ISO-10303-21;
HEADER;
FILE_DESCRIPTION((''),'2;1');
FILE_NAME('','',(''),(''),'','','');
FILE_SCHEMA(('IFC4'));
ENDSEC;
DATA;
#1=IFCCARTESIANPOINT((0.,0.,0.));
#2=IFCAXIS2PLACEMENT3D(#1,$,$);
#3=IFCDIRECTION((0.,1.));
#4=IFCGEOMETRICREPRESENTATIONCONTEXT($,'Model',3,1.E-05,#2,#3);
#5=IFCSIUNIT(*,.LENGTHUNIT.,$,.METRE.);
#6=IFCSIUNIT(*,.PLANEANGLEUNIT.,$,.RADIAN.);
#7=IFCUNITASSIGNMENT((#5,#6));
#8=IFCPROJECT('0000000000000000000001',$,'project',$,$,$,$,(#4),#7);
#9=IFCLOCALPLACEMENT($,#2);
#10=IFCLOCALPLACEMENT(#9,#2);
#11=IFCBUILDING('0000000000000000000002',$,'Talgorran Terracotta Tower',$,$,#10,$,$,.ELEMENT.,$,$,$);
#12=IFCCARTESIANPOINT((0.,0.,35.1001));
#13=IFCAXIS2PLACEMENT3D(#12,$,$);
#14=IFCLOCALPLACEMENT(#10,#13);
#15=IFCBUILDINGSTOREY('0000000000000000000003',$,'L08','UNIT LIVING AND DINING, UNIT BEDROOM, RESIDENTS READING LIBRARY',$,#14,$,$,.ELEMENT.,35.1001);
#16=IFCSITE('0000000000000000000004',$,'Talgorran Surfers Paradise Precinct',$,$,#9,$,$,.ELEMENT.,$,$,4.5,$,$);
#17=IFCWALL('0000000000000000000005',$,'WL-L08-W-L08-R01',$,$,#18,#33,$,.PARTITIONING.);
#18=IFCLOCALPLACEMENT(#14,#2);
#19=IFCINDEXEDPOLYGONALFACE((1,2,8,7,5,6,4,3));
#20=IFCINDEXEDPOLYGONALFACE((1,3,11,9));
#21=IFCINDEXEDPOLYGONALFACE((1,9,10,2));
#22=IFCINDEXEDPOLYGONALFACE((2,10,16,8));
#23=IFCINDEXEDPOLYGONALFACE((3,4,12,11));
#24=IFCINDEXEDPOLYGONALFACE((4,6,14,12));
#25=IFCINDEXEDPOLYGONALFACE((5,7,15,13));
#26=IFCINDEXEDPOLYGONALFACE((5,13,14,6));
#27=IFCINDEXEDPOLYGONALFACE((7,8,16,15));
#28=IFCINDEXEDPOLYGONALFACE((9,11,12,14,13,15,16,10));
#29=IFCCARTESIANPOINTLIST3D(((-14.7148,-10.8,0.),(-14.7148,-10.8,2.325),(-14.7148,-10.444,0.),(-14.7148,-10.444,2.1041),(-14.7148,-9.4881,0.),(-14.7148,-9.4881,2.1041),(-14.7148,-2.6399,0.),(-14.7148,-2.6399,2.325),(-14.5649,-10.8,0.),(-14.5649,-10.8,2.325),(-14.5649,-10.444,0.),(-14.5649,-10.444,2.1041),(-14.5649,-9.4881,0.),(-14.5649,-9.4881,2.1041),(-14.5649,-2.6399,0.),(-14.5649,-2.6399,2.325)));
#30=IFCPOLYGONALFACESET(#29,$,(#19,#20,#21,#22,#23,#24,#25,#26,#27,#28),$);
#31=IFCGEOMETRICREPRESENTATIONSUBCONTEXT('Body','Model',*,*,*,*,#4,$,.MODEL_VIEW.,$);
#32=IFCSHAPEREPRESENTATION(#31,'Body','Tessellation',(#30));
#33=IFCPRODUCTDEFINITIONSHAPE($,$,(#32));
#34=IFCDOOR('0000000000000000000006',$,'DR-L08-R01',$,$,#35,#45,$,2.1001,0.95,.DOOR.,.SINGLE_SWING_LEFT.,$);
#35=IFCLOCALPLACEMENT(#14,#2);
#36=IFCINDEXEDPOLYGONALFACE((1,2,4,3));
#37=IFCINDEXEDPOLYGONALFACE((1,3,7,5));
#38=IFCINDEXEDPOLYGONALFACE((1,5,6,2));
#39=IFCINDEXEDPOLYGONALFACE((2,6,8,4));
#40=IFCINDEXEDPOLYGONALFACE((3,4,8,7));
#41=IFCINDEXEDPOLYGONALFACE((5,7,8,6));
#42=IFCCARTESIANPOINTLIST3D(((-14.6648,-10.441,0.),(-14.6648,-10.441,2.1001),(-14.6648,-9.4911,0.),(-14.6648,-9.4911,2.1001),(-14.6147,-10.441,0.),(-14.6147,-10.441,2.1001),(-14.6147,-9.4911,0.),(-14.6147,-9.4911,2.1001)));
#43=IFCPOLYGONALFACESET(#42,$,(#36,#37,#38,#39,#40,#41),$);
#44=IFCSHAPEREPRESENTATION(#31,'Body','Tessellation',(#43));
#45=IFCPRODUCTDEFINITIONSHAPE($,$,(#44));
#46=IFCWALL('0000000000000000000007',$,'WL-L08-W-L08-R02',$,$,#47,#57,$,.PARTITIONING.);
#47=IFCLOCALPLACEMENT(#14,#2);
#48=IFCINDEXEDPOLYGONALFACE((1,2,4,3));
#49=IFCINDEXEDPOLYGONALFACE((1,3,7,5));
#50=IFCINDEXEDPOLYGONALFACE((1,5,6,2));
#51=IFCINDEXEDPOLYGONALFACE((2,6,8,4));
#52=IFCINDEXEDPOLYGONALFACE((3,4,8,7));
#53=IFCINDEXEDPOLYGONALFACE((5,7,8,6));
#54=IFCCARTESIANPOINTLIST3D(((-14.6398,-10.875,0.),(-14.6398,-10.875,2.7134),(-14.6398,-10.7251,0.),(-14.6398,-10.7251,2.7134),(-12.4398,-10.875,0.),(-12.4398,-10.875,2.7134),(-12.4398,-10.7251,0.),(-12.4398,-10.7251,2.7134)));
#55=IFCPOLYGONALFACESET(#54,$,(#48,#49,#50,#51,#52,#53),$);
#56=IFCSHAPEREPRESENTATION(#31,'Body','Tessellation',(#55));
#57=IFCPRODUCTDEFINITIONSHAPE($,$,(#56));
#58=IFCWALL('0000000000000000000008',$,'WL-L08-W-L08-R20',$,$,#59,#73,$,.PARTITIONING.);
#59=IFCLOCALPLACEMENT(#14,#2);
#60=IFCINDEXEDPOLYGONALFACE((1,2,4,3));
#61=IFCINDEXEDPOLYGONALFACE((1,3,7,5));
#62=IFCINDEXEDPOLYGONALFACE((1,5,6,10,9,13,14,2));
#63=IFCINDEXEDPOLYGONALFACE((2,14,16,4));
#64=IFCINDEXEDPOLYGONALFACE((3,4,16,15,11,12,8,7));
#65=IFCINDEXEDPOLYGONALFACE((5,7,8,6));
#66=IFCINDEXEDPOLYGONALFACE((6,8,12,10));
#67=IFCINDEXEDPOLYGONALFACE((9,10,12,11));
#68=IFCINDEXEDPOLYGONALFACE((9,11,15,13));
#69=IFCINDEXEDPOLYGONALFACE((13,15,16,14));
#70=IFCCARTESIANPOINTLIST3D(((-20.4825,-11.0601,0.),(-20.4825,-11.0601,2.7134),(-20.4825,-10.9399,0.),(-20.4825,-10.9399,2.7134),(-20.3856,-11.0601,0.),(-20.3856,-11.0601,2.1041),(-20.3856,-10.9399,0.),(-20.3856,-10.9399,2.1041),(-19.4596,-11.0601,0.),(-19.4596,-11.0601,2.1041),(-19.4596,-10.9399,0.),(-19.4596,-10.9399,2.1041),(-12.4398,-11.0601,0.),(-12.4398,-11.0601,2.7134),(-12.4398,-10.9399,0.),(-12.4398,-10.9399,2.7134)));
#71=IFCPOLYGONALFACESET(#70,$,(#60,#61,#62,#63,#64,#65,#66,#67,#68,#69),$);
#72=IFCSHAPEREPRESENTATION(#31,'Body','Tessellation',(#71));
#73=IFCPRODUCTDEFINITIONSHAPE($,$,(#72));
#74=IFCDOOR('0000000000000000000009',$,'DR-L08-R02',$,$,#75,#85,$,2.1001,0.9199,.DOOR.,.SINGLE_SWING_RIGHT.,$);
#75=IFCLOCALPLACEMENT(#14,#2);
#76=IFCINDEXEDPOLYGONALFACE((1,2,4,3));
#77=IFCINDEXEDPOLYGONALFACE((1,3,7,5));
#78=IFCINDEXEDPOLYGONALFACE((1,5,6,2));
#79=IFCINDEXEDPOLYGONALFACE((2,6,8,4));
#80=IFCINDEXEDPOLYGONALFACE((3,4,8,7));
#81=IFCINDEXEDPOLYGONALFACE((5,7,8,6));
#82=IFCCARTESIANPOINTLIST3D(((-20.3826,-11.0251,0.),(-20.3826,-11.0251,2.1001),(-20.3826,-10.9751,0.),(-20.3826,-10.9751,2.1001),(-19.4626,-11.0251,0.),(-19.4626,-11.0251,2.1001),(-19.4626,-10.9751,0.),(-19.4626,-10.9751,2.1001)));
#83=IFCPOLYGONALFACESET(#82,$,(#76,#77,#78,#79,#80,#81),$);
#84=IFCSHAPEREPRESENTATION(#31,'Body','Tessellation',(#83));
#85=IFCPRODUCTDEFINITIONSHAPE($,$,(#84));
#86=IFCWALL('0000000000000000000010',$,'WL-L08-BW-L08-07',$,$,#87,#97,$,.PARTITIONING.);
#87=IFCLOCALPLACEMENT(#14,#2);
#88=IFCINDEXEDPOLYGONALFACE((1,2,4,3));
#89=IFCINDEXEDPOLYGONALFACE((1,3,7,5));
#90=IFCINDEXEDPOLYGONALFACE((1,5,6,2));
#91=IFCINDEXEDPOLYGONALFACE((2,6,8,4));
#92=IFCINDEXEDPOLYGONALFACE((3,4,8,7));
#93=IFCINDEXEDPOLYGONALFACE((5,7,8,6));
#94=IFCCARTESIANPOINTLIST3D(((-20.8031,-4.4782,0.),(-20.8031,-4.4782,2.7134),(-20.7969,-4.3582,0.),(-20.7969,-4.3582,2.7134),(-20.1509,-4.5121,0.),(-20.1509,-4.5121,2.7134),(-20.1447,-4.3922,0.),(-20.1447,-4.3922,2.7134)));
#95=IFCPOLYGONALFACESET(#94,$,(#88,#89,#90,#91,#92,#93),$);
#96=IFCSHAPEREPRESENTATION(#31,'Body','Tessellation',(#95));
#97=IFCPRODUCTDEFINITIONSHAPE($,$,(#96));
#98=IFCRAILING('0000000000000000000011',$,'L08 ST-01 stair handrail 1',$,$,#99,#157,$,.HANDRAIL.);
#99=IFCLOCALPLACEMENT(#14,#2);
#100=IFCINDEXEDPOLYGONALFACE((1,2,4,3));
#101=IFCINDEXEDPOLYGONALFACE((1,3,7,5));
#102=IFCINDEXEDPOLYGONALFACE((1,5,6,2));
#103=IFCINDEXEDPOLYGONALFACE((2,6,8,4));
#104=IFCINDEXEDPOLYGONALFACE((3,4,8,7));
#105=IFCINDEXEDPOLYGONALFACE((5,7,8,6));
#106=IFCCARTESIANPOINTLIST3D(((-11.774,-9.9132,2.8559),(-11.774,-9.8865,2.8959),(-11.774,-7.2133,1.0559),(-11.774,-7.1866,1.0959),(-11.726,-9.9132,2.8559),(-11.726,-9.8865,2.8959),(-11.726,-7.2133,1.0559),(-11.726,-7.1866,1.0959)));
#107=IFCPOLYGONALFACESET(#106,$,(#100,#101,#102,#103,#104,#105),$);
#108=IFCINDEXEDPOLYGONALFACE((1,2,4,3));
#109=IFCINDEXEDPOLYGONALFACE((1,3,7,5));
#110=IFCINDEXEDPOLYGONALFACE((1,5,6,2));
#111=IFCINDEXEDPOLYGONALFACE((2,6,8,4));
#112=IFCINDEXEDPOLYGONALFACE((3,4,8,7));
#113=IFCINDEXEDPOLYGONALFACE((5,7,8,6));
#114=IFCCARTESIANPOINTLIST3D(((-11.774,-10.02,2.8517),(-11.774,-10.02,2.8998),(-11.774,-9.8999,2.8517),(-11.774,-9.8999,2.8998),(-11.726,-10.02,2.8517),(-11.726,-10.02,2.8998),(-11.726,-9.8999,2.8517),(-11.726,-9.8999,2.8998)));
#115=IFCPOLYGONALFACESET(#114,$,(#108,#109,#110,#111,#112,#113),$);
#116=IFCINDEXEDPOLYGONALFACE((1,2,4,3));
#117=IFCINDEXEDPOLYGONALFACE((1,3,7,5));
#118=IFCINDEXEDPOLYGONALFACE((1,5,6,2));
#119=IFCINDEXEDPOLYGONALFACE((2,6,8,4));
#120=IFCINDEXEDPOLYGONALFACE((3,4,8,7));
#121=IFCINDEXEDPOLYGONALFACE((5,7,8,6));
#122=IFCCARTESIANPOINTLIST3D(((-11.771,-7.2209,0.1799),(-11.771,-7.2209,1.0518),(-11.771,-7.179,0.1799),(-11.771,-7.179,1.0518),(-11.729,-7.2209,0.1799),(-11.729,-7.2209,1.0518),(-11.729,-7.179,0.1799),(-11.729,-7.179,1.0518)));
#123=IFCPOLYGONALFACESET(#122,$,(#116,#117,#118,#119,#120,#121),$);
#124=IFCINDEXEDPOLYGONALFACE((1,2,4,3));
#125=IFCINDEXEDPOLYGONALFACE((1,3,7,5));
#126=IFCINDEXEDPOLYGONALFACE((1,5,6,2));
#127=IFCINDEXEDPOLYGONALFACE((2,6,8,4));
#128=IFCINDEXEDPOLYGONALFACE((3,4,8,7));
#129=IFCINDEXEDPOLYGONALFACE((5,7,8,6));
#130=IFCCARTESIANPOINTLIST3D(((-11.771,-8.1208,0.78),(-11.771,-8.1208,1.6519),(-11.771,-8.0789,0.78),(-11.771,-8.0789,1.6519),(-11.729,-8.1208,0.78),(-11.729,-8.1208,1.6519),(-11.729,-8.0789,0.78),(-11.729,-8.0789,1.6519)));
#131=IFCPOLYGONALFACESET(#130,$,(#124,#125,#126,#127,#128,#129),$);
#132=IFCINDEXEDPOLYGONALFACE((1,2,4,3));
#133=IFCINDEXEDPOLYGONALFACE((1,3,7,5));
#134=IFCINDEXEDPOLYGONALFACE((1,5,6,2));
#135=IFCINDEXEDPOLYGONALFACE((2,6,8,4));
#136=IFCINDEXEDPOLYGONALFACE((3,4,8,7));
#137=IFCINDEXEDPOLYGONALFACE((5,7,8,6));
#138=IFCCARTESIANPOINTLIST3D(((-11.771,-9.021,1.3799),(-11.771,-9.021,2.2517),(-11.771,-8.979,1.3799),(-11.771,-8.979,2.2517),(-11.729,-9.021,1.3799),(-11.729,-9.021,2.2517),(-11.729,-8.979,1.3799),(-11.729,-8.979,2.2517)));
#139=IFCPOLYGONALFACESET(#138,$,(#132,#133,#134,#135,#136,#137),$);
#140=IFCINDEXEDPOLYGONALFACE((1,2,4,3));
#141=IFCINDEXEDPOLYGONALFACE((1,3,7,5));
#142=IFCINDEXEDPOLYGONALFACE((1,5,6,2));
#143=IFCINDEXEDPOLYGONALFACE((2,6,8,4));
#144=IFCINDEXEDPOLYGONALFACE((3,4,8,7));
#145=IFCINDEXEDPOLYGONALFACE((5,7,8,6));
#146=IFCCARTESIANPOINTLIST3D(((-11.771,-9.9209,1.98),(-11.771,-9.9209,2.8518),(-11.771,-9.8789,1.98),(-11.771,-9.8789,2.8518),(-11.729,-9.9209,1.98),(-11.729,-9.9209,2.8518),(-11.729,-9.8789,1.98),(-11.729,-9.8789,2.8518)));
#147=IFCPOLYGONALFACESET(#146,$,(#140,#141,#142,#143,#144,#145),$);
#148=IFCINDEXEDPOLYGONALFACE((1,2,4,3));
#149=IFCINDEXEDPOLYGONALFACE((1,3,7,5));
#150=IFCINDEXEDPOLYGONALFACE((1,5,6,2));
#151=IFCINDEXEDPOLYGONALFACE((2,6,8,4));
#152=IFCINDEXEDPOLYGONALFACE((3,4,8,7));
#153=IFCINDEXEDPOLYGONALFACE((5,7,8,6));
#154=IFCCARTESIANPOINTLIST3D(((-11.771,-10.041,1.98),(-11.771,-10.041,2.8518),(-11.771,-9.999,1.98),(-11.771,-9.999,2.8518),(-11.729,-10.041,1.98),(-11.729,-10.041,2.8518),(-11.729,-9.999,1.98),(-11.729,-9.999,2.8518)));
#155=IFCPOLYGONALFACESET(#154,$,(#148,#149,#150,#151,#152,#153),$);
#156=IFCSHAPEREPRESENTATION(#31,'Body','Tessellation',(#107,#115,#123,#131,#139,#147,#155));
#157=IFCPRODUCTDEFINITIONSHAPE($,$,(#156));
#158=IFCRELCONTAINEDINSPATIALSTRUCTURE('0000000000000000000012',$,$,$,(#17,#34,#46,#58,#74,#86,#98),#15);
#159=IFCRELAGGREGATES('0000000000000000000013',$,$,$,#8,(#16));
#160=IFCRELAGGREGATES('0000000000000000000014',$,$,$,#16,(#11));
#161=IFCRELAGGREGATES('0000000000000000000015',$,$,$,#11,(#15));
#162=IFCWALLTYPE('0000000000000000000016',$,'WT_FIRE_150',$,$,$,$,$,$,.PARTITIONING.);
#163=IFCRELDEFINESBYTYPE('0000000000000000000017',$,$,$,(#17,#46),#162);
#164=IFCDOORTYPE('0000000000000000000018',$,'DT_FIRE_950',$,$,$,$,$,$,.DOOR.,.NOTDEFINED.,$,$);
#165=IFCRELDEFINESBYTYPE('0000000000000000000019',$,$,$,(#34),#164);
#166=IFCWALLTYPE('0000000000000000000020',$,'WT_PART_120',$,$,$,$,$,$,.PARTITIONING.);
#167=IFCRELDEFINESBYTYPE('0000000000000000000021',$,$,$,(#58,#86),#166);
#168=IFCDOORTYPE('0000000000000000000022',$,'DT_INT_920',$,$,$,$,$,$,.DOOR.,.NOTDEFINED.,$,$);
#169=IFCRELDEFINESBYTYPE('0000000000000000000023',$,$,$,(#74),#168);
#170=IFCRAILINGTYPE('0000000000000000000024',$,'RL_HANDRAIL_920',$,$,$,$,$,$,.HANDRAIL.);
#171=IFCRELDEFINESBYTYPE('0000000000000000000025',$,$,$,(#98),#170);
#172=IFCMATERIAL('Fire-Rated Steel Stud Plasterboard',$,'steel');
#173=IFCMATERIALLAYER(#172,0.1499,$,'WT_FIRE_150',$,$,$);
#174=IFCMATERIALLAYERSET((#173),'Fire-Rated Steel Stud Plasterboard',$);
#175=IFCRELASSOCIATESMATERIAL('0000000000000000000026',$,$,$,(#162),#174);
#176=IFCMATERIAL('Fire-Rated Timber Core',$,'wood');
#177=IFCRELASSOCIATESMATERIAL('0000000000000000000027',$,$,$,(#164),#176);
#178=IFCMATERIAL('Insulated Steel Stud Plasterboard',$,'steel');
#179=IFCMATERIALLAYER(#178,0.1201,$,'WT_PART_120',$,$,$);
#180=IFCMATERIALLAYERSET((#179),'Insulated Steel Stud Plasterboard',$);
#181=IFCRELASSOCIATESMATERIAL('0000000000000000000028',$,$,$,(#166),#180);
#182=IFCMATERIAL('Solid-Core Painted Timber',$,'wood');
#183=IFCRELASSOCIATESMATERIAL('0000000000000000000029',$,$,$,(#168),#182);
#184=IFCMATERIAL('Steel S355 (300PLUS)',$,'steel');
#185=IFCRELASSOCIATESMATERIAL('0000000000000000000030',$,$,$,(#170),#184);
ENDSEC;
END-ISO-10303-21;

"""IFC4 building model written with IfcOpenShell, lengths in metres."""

from ifc_helpers import new_model, si_unit, direction, frame, frame_2d, origin, origin_2d, place, context, subcontext, project, spatial, rectangle, extrude, material, layer, layer_set, type_object, element, fill, save


model = new_model("IFC4")

# Units and contexts
model_context = context("Model", 3, precision=1e-05, world=origin(), true_north=direction((0.0, 1.0)))
body_context = subcontext(model_context, "Body", "Model", "MODEL_VIEW")
ifc_project = project(units=[si_unit("LENGTHUNIT", "METRE"), si_unit("PLANEANGLEUNIT", "RADIAN")], contexts=[model_context])

# Site, building, storey
site_placement = place(None, origin())
site = spatial("IfcSite", under=ifc_project, at=site_placement, Name="Talgorran Surfers Paradise Precinct", CompositionType="ELEMENT", RefElevation=4.5)
building_placement = place(site_placement, origin())
building = spatial("IfcBuilding", under=site, at=building_placement, Name="Talgorran Terracotta Tower", CompositionType="ELEMENT")
storey_placement = place(building_placement, frame((0.0, 0.0, 35.1001)))
storey = spatial("IfcBuildingStorey", under=building, at=storey_placement, Name="L08", Description="UNIT LIVING AND DINING, UNIT BEDROOM, RESIDENTS READING LIBRARY", CompositionType="ELEMENT", Elevation=35.1001)

# Shared definitions
ifc_material_1 = material(Name="Steel S355 (300PLUS)", Category="steel")

# Wall, opening, door
ifc_material_2 = material(Name="Fire-Rated Steel Stud Plasterboard", Category="steel")
ifc_layer_1 = layer(ifc_material_2, 0.1499, Name="WT_FIRE_150")
ifc_layer_set_1 = layer_set([ifc_layer_1], Name="Fire-Rated Steel Stud Plasterboard")
wall_type_1 = type_object("IfcWallType", Name="WT_FIRE_150", PredefinedType="PARTITIONING", material=ifc_layer_set_1)
wall_1_placement = place(storey_placement, frame((-14.6399, -10.8, 0.0), z_axis=(0.0, 0.0, 1.0), x_axis=(0.0, 1.0, 0.0)))
wall_1 = element("IfcWall", 1, at=wall_1_placement, inside=storey, type_object=wall_type_1, Name="WL-L08-W-L08-R01", PredefinedType="PARTITIONING", context=body_context, shape_type="SweptSolid", body=[
    extrude(rectangle(XDim=8.1602, YDim=0.1499, at=frame_2d((4.0801, 0.0))), origin(), (0.0, 0.0, 1.0), 2.325),
])
opening_1_placement = place(wall_1_placement, frame((0.3589, 0.0, 0.0)))
opening_1 = element("IfcOpeningElement", 2, at=opening_1_placement, cuts=wall_1, PredefinedType="OPENING", context=body_context, shape_type="SweptSolid", body=[
    extrude(rectangle(XDim=0.956, YDim=2.1041, at=frame_2d((0.4751, 1.052))), frame((0.0, 0.085, 0.0), z_axis=(0.0, -1.0, 0.0), x_axis=(1.0, 0.0, 0.0)), (0.0, 0.0, 1.0), 0.1699),
])
ifc_material_3 = material(Name="Fire-Rated Timber Core", Category="wood")
door_type_1 = type_object("IfcDoorType", Name="DT_FIRE_950", OperationType="NOTDEFINED", PredefinedType="DOOR", material=ifc_material_3)
door_1_placement = place(opening_1_placement, origin())
door_1 = element("IfcDoor", 3, at=door_1_placement, inside=storey, type_object=door_type_1, Name="DR-L08-R01", OperationType="SINGLE_SWING_LEFT", OverallHeight=2.1001, OverallWidth=0.95, PredefinedType="DOOR", context=body_context, shape_type="SweptSolid", body=[
    extrude(rectangle(XDim=0.95, YDim=2.1001, at=frame_2d((0.4751, 1.05))), frame((0.0, 0.0249, 0.0), z_axis=(0.0, -1.0, 0.0), x_axis=(1.0, 0.0, 0.0)), (0.0, 0.0, 1.0), 0.05),
])
fill(opening_1, door_1)

# Wall
wall_2_placement = place(storey_placement, frame((-14.6399, -10.8, 0.0), z_axis=(0.0, 0.0, 1.0), x_axis=(1.0, 0.0, 0.0)))
element("IfcWall", 4, at=wall_2_placement, inside=storey, type_object=wall_type_1, Name="WL-L08-W-L08-R02", PredefinedType="PARTITIONING", context=body_context, shape_type="SweptSolid", body=[
    extrude(rectangle(XDim=2.2, YDim=0.1499, at=frame_2d((1.1001, 0.0))), origin(), (0.0, 0.0, 1.0), 2.7134),
])

# Wall, opening, door
ifc_material_4 = material(Name="Insulated Steel Stud Plasterboard", Category="steel")
ifc_layer_2 = layer(ifc_material_4, 0.1201, Name="WT_PART_120")
ifc_layer_set_2 = layer_set([ifc_layer_2], Name="Insulated Steel Stud Plasterboard")
wall_type_2 = type_object("IfcWallType", Name="WT_PART_120", PredefinedType="PARTITIONING", material=ifc_layer_set_2)
wall_3_placement = place(storey_placement, frame((-20.4827, -11.0, 0.0), z_axis=(0.0, 0.0, 1.0), x_axis=(1.0, 0.0, 0.0)))
wall_3 = element("IfcWall", 5, at=wall_3_placement, inside=storey, type_object=wall_type_2, Name="WL-L08-W-L08-R20", PredefinedType="PARTITIONING", context=body_context, shape_type="SweptSolid", body=[
    extrude(rectangle(XDim=8.0427, YDim=0.1201, at=frame_2d((4.0215, 0.0))), origin(), (0.0, 0.0, 1.0), 2.7134),
])
opening_2_placement = place(wall_3_placement, frame((0.1001, 0.0, 0.0)))
opening_2 = element("IfcOpeningElement", 6, at=opening_2_placement, cuts=wall_3, PredefinedType="OPENING", context=body_context, shape_type="SweptSolid", body=[
    extrude(rectangle(XDim=0.9259, YDim=2.1041, at=frame_2d((0.46, 1.052))), frame((0.0, 0.0701, 0.0), z_axis=(0.0, -1.0, 0.0), x_axis=(1.0, 0.0, 0.0)), (0.0, 0.0, 1.0), 0.1401),
])
ifc_material_5 = material(Name="Solid-Core Painted Timber", Category="wood")
door_type_2 = type_object("IfcDoorType", Name="DT_INT_920", OperationType="NOTDEFINED", PredefinedType="DOOR", material=ifc_material_5)
door_2_placement = place(opening_2_placement, origin())
door_2 = element("IfcDoor", 7, at=door_2_placement, inside=storey, type_object=door_type_2, Name="DR-L08-R02", OperationType="SINGLE_SWING_RIGHT", OverallHeight=2.1001, OverallWidth=0.9199, PredefinedType="DOOR", context=body_context, shape_type="SweptSolid", body=[
    extrude(rectangle(XDim=0.9199, YDim=2.1001, at=frame_2d((0.46, 1.05))), frame((0.0, 0.0249, 0.0), z_axis=(0.0, -1.0, 0.0), x_axis=(1.0, 0.0, 0.0)), (0.0, 0.0, 1.0), 0.05),
])
fill(opening_2, door_2)

# Wall
wall_4_placement = place(storey_placement, frame((-20.1477, -4.4521, 0.0), z_axis=(0.0, 0.0, 1.0), x_axis=(-0.998649, 0.05197, 0.0)))
element("IfcWall", 8, at=wall_4_placement, inside=storey, type_object=wall_type_2, Name="WL-L08-BW-L08-07", PredefinedType="PARTITIONING", context=body_context, shape_type="SweptSolid", body=[
    extrude(rectangle(XDim=0.6531, YDim=0.1201, at=frame_2d((0.3267, 0.0))), origin(), (0.0, 0.0, 1.0), 2.7134),
])

# Railing
railing_type = type_object("IfcRailingType", Name="RL_HANDRAIL_920", PredefinedType="HANDRAIL", material=ifc_material_1)
railing_placement = place(storey_placement, frame((-11.75, -7.2, 0.1799)))
element("IfcRailing", 9, at=railing_placement, inside=storey, type_object=railing_type, Name="L08 ST-01 stair handrail 1", PredefinedType="HANDRAIL", context=body_context, shape_type="SweptSolid", body=[
    extrude(rectangle(XDim=0.0481, YDim=0.0481, at=origin_2d()), frame((0.0, 0.0, 0.896), z_axis=(0.0, -0.832039, 0.554718), x_axis=(1.0, 0.0, 0.0)), (0.0, 0.0, 1.0), 3.2449),
    extrude(rectangle(XDim=0.0481, YDim=0.0481, at=origin_2d()), frame((0.0, -2.7, 2.6958), z_axis=(0.0, -1.0, 0.0), x_axis=(1.0, 0.0, 0.0)), (0.0, 0.0, 1.0), 0.1201),
    extrude(rectangle(XDim=0.042, YDim=0.042, at=origin_2d()), origin(), (0.0, 0.0, 1.0), 0.8718),
    extrude(rectangle(XDim=0.042, YDim=0.042, at=origin_2d()), frame((0.0, -0.8999, 0.6001)), (0.0, 0.0, 1.0), 0.8718),
    extrude(rectangle(XDim=0.042, YDim=0.042, at=origin_2d()), frame((0.0, -1.8, 1.2)), (0.0, 0.0, 1.0), 0.8718),
    extrude(rectangle(XDim=0.042, YDim=0.042, at=origin_2d()), frame((0.0, -2.7, 1.8)), (0.0, 0.0, 1.0), 0.8718),
    extrude(rectangle(XDim=0.042, YDim=0.042, at=origin_2d()), frame((0.0, -2.8201, 1.8)), (0.0, 0.0, 1.0), 0.8718),
])

save(model, "model.ifc")
